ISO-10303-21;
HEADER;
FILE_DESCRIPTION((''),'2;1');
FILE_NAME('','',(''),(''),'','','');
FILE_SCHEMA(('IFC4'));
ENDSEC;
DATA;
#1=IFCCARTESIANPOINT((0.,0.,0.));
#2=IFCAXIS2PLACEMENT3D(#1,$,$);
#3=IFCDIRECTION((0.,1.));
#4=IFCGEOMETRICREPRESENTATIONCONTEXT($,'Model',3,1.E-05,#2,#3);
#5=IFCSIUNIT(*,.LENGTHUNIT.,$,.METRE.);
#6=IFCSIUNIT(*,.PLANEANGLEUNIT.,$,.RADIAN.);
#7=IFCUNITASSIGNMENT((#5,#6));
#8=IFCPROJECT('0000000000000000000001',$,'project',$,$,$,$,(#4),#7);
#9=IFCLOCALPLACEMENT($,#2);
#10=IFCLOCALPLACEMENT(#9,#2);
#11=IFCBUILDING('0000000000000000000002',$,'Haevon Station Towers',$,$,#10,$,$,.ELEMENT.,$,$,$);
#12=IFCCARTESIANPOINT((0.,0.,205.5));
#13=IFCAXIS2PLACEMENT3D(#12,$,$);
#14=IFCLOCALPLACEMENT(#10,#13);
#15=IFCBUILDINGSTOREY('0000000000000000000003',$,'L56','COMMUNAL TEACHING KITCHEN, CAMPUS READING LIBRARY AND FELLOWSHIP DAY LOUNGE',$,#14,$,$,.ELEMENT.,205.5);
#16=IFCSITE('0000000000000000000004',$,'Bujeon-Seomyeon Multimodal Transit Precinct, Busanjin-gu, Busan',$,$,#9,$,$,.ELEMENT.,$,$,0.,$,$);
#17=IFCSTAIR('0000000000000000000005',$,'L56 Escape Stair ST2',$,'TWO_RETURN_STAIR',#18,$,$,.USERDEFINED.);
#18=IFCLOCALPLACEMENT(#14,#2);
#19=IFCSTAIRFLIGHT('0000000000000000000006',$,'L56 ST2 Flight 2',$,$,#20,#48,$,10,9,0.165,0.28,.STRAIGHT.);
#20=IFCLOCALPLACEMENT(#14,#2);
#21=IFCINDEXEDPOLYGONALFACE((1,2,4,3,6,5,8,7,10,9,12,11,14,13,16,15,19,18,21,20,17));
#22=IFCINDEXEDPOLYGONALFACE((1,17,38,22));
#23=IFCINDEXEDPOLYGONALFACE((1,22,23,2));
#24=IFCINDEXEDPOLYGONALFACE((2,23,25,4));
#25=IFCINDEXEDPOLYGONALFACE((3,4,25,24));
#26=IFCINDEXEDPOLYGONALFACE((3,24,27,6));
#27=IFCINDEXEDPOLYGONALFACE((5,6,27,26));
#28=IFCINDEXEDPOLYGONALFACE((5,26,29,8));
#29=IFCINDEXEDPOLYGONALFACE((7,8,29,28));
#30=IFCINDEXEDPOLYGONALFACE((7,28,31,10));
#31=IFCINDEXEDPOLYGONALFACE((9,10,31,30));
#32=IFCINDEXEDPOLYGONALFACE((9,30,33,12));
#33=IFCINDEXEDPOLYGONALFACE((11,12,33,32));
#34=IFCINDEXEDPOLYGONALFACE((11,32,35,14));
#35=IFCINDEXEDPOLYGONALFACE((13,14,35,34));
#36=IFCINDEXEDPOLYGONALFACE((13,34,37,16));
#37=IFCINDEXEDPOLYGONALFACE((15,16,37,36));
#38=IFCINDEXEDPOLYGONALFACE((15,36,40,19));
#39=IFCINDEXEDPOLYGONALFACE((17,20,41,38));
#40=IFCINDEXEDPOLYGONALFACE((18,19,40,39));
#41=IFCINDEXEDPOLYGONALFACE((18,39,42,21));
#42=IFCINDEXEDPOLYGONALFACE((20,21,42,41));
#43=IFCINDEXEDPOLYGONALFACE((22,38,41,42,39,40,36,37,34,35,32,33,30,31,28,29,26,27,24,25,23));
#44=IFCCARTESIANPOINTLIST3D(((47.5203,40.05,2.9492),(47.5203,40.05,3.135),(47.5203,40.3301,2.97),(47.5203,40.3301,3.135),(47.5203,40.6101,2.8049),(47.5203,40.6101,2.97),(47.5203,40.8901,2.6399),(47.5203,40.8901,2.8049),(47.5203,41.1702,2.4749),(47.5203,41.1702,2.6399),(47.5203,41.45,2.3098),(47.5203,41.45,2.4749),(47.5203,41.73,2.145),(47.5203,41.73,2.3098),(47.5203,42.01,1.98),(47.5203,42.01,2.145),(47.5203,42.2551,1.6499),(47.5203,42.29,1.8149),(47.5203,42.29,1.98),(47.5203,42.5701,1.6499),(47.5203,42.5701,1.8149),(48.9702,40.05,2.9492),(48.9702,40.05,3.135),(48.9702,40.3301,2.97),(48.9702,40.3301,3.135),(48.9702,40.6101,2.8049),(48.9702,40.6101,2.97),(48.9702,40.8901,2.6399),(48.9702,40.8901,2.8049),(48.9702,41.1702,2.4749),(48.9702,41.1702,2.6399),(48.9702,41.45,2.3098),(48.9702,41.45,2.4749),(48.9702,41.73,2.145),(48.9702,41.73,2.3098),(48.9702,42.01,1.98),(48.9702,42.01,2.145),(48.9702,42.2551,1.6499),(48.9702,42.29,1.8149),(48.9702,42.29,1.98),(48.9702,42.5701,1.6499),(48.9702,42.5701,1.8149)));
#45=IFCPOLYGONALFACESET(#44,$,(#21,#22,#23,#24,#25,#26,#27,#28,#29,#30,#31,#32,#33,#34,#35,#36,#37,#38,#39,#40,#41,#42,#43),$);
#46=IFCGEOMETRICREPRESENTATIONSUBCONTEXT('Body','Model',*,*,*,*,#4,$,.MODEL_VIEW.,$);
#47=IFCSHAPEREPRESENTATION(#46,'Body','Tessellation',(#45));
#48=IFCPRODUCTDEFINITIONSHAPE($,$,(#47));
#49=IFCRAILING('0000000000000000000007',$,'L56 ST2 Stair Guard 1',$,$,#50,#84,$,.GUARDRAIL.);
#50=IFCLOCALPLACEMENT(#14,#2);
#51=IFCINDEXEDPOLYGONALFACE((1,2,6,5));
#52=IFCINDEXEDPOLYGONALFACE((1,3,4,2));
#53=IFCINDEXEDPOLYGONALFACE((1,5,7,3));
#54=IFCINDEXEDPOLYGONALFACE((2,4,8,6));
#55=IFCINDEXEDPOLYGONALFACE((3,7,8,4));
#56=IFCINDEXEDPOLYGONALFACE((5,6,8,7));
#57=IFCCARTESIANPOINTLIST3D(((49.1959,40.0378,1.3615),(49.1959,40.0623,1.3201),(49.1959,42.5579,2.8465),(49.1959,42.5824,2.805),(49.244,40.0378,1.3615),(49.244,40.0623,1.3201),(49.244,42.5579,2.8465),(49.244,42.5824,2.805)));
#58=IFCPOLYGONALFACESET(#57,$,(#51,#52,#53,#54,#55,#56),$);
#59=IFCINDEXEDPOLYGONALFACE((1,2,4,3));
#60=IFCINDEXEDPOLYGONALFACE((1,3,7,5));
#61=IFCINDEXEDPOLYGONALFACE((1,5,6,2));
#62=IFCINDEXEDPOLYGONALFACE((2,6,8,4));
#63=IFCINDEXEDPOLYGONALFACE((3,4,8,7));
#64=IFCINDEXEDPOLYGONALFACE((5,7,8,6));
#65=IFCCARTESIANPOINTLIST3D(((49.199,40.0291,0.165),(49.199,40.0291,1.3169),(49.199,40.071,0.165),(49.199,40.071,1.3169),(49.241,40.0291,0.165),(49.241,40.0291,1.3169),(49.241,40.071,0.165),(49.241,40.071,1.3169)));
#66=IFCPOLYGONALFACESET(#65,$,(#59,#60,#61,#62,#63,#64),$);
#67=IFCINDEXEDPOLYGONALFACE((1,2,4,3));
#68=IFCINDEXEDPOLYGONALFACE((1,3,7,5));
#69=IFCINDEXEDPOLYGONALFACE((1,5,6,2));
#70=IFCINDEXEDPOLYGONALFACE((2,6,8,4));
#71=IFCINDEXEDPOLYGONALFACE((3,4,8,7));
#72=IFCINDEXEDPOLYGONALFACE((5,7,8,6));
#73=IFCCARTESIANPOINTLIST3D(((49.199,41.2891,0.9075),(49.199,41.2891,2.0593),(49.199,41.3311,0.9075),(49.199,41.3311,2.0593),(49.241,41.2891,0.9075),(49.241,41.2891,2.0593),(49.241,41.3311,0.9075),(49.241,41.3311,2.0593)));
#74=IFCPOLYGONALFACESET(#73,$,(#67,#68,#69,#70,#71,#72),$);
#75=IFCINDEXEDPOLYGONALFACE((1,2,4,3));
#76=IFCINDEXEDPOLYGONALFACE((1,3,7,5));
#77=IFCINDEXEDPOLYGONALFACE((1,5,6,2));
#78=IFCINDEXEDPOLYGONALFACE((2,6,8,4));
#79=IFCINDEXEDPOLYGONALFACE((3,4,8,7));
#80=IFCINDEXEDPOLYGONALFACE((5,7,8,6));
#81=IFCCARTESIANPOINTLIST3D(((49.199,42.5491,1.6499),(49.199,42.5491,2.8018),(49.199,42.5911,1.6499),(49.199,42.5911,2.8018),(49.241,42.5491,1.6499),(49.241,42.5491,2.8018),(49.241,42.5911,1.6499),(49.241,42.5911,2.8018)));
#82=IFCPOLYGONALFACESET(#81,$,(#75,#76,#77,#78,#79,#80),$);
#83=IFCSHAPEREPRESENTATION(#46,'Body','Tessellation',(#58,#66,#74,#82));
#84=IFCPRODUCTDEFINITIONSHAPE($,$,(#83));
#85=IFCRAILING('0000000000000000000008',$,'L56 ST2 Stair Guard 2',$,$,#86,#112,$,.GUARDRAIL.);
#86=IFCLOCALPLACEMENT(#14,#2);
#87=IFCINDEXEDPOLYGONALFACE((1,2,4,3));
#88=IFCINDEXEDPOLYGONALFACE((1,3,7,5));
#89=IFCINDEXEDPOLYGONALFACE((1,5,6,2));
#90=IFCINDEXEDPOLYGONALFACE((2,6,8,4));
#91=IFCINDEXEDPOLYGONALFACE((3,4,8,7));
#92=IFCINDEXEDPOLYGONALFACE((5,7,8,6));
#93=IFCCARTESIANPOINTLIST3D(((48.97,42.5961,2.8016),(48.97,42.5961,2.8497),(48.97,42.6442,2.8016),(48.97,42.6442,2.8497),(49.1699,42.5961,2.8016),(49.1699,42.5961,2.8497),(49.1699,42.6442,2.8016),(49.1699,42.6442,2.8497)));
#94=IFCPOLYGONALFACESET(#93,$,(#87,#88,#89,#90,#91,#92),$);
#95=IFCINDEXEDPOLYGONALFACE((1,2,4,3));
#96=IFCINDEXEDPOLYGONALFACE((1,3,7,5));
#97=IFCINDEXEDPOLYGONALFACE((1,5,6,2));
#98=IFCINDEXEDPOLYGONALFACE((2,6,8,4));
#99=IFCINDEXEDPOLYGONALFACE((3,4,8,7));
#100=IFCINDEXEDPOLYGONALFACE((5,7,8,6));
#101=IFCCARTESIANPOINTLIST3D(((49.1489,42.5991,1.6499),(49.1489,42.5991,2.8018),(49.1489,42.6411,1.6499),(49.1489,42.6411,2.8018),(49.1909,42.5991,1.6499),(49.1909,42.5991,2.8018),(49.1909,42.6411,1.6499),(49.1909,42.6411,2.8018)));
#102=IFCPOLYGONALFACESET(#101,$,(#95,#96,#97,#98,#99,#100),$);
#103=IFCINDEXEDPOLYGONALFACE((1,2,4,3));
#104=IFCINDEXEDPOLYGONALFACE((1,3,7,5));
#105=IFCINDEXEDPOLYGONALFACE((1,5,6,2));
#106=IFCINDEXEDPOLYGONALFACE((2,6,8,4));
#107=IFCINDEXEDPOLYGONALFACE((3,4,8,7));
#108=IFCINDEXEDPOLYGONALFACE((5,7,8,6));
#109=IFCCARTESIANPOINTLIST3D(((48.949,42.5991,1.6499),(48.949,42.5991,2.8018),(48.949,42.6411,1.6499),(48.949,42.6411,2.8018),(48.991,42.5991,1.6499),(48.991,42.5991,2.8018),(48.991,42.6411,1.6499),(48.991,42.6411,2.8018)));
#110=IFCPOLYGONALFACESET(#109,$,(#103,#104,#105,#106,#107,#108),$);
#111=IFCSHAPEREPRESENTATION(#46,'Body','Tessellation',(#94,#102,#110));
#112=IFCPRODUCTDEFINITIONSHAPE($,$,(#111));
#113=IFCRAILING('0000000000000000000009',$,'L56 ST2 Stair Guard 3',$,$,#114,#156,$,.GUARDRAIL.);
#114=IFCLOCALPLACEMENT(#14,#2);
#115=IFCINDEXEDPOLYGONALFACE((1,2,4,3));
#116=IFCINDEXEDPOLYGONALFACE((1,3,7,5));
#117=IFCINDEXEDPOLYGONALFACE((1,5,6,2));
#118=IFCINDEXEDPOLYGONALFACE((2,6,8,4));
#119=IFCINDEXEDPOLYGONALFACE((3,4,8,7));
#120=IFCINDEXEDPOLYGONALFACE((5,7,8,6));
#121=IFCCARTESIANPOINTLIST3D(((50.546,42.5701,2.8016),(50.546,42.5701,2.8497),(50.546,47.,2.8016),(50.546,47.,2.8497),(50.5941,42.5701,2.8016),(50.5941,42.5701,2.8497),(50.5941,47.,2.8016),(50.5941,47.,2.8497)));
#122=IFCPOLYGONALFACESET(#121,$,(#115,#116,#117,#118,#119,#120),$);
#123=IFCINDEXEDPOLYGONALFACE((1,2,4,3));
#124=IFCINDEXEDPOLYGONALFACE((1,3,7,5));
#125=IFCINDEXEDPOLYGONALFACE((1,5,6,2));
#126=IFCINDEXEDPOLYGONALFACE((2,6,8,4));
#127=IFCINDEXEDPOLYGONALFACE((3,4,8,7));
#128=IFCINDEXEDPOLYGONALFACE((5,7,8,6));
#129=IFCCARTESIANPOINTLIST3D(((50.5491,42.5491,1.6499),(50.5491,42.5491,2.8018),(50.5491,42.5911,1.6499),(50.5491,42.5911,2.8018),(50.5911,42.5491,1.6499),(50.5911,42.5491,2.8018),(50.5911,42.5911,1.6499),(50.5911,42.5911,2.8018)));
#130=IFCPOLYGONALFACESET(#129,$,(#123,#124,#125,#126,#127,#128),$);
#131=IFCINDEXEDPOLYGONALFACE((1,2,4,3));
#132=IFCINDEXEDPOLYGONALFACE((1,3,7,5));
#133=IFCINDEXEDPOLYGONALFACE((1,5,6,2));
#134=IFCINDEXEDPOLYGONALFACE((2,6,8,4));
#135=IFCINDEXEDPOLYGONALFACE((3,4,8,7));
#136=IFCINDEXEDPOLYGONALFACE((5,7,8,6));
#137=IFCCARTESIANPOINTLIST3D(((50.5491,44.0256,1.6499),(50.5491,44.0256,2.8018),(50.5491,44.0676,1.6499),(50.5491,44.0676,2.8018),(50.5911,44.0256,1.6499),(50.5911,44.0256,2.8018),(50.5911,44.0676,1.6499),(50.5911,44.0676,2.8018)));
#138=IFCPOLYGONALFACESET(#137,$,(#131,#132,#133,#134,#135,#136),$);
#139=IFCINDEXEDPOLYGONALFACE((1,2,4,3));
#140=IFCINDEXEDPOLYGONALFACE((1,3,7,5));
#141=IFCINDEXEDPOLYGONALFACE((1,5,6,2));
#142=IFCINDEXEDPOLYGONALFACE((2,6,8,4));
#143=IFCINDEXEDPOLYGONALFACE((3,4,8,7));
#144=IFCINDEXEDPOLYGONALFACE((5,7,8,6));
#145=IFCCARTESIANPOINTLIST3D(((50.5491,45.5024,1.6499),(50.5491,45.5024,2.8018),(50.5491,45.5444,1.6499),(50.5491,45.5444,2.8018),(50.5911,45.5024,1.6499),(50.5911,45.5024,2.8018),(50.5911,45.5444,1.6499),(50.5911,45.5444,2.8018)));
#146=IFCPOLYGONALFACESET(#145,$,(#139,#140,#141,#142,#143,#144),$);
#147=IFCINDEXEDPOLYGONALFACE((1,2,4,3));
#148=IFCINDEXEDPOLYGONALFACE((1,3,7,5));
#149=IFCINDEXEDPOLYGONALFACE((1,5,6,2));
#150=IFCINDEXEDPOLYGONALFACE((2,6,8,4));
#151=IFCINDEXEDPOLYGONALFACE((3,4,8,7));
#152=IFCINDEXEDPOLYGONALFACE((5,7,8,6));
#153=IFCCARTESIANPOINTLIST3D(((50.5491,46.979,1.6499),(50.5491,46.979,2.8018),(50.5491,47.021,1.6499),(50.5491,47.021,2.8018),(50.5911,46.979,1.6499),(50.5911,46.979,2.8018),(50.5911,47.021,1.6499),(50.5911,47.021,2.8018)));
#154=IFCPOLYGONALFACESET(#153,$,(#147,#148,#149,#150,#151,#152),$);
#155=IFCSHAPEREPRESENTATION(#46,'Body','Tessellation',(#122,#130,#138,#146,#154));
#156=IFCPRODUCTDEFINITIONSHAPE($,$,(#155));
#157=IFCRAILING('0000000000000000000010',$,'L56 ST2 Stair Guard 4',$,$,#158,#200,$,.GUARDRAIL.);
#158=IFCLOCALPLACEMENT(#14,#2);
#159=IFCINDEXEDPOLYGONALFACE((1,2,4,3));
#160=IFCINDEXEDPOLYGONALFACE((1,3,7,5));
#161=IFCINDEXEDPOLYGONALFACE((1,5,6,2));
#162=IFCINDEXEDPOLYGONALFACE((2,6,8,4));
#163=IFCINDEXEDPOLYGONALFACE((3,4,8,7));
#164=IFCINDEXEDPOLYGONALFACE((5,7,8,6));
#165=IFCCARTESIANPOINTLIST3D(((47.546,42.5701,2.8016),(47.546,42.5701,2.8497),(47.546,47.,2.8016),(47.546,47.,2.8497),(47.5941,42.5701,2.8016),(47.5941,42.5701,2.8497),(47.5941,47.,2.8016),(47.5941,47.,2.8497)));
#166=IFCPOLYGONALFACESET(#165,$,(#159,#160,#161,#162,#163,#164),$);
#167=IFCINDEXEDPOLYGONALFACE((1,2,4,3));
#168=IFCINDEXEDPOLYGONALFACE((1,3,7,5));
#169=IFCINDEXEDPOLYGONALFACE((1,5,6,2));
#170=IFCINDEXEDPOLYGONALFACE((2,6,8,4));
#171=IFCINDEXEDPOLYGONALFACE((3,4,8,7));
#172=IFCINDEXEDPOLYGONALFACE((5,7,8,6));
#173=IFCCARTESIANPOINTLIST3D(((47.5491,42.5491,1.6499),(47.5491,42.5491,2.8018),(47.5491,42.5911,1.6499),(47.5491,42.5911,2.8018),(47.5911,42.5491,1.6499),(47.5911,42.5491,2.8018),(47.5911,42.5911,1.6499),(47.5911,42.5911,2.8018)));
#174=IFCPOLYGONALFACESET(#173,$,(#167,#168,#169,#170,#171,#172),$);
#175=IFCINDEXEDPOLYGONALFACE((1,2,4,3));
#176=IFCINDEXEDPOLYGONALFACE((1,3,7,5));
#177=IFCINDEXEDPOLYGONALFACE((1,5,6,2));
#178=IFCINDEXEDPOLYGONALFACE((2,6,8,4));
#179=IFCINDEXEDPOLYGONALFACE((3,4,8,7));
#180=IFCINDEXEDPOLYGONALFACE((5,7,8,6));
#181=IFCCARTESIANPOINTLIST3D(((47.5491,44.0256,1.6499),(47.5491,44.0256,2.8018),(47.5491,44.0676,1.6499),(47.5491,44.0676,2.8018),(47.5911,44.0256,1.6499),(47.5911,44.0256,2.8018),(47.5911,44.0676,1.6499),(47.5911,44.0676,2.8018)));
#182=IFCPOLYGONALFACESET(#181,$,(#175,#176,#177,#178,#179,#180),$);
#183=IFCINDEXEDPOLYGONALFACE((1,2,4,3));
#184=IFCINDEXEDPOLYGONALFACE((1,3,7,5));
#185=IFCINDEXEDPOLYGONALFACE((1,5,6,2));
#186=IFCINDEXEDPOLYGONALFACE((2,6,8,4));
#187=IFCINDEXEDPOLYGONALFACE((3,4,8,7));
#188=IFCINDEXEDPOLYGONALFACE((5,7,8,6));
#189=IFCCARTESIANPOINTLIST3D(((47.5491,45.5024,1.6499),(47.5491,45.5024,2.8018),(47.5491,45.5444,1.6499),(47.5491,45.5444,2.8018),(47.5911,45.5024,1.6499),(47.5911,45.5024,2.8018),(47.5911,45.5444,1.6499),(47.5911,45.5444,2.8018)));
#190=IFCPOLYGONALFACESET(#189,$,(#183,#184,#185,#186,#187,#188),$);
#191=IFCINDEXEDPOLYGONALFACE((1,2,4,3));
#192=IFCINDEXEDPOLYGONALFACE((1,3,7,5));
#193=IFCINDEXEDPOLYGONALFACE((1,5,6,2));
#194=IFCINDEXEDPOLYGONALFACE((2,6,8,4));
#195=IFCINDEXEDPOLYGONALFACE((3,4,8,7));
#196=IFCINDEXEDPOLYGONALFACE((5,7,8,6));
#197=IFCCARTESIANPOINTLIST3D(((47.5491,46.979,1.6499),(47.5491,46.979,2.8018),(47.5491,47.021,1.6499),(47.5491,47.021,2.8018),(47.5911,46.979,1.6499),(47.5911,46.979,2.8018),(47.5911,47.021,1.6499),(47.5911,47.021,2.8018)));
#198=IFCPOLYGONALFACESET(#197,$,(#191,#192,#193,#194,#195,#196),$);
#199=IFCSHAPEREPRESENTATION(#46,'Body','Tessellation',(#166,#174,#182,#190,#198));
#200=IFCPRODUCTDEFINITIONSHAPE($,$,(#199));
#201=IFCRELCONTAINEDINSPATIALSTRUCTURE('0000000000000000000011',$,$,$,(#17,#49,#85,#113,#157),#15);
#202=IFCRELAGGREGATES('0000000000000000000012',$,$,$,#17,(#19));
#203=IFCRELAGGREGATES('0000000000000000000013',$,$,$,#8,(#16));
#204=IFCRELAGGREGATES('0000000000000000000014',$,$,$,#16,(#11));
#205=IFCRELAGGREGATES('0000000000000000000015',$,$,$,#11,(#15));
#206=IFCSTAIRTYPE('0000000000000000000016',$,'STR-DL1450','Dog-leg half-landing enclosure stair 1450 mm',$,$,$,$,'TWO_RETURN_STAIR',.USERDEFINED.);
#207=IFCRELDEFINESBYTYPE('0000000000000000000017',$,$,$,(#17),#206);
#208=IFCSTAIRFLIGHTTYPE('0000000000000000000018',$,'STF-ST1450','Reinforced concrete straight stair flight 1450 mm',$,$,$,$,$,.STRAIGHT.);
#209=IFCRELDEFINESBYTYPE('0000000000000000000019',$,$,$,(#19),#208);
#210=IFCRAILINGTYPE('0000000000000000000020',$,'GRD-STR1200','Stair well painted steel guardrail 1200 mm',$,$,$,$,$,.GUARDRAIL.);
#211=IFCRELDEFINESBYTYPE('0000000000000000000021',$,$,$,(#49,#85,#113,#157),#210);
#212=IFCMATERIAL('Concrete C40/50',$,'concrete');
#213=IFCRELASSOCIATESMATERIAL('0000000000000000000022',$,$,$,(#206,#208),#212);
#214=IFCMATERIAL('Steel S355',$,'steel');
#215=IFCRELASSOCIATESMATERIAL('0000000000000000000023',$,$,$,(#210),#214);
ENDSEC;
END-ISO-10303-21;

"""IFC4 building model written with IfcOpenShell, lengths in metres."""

from ifc_helpers import new_model, si_unit, direction, frame, origin, origin_2d, place, context, subcontext, project, spatial, polyline, rectangle, outline, extrude, material, type_object, element, aggregate, save


model = new_model("IFC4")

# Units and contexts
model_context = context("Model", 3, precision=1e-05, world=origin(), true_north=direction((0.0, 1.0)))
body_context = subcontext(model_context, "Body", "Model", "MODEL_VIEW")
ifc_project = project(units=[si_unit("LENGTHUNIT", "METRE"), si_unit("PLANEANGLEUNIT", "RADIAN")], contexts=[model_context])

# Site, building, storey
site_placement = place(None, origin())
site = spatial("IfcSite", under=ifc_project, at=site_placement, Name="Bujeon-Seomyeon Multimodal Transit Precinct, Busanjin-gu, Busan", CompositionType="ELEMENT", RefElevation=0.0)
building_placement = place(site_placement, origin())
building = spatial("IfcBuilding", under=site, at=building_placement, Name="Haevon Station Towers", CompositionType="ELEMENT")
storey_placement = place(building_placement, frame((0.0, 0.0, 205.5)))
storey = spatial("IfcBuildingStorey", under=building, at=storey_placement, Name="L56", Description="COMMUNAL TEACHING KITCHEN, CAMPUS READING LIBRARY AND FELLOWSHIP DAY LOUNGE", CompositionType="ELEMENT", Elevation=205.5)

# Shared definitions
ifc_material_1 = material(Name="Steel S355", Category="steel")

# Shared definitions
ifc_material_2 = material(Name="Concrete C40/50", Category="concrete")

# Stair, stair flight
stair_type = type_object("IfcStairType", Name="STR-DL1450", Description="Dog-leg half-landing enclosure stair 1450 mm", ElementType="TWO_RETURN_STAIR", PredefinedType="USERDEFINED", material=ifc_material_2)
stair_placement = place(storey_placement, origin())
stair = element("IfcStair", 1, at=stair_placement, inside=storey, type_object=stair_type, Name="L56 Escape Stair ST2", ObjectType="TWO_RETURN_STAIR", PredefinedType="USERDEFINED")
stair_flight_type = type_object("IfcStairFlightType", Name="STF-ST1450", Description="Reinforced concrete straight stair flight 1450 mm", PredefinedType="STRAIGHT", material=ifc_material_2)
stair_flight_1_placement = place(storey_placement, frame((48.2451, 42.5701, 1.6499), z_axis=(0.0, 0.0, 1.0), x_axis=(0.0, -1.0, 0.0)))
stair_flight_1 = element("IfcStairFlight", 2, at=stair_flight_1_placement, type_object=stair_flight_type, Name="L56 ST2 Flight 2", NumberOfRisers=10, NumberOfTreads=9, PredefinedType="STRAIGHT", RiserHeight=0.165, TreadLength=0.28, context=body_context, shape_type="SweptSolid", body=[
    extrude(outline(polyline([(0.0, 0.0), (0.0, 0.165), (0.28, 0.165), (0.28, 0.3301), (0.5601, 0.3301), (0.5601, 0.4951), (0.8401, 0.4951), (0.8401, 0.6599), (1.1201, 0.6599), (1.1201, 0.825), (1.3999, 0.825), (1.3999, 0.99), (1.6799, 0.99), (1.6799, 1.155), (1.96, 1.155), (1.96, 1.3201), (2.24, 1.3201), (2.24, 1.4851), (2.52, 1.4851), (2.52, 1.6499), (2.52, 1.2993), (0.3149, 0.0), (0.0, 0.0)])), frame((0.0, 0.7251, 0.0), z_axis=(0.0, -1.0, 0.0), x_axis=(1.0, 0.0, 0.0)), (0.0, 0.0, 1.0), 1.45),
])
aggregate(stair, [stair_flight_1])

# Railings
railing_type_1 = type_object("IfcRailingType", Name="GRD-STR1200", Description="Stair well painted steel guardrail 1200 mm", PredefinedType="GUARDRAIL", material=ifc_material_1)
railing_1_placement = place(storey_placement, frame((49.22, 40.05, 0.165)))
element("IfcRailing", 3, at=railing_1_placement, inside=storey, type_object=railing_type_1, Name="L56 ST2 Stair Guard 1", PredefinedType="GUARDRAIL", context=body_context, shape_type="SweptSolid", body=[
    extrude(rectangle(XDim=0.0481, YDim=0.0481, at=origin_2d()), frame((0.0, 0.0, 1.1758), z_axis=(0.0, 0.861561, 0.507655), x_axis=(-1.0, 0.0, 0.0)), (0.0, 0.0, 1.0), 2.925),
    extrude(rectangle(XDim=0.042, YDim=0.042, at=origin_2d()), origin(), (0.0, 0.0, 1.0), 1.1519),
    extrude(rectangle(XDim=0.042, YDim=0.042, at=origin_2d()), frame((0.0, 1.26, 0.7424)), (0.0, 0.0, 1.0), 1.1519),
    extrude(rectangle(XDim=0.042, YDim=0.042, at=origin_2d()), frame((0.0, 2.52, 1.4849)), (0.0, 0.0, 1.0), 1.1519),
])
railing_2_placement = place(storey_placement, frame((49.1699, 42.6201, 1.6499)))
element("IfcRailing", 4, at=railing_2_placement, inside=storey, type_object=railing_type_1, Name="L56 ST2 Stair Guard 2", PredefinedType="GUARDRAIL", context=body_context, shape_type="SweptSolid", body=[
    extrude(rectangle(XDim=0.0481, YDim=0.0481, at=origin_2d()), frame((0.0, 0.0, 1.1758), z_axis=(-1.0, 0.0, 0.0), x_axis=(0.0, -1.0, 0.0)), (0.0, 0.0, 1.0), 0.2),
    extrude(rectangle(XDim=0.042, YDim=0.042, at=origin_2d()), origin(), (0.0, 0.0, 1.0), 1.1519),
    extrude(rectangle(XDim=0.042, YDim=0.042, at=origin_2d()), frame((-0.2, 0.0, 0.0)), (0.0, 0.0, 1.0), 1.1519),
])
for number, where, name in (
    (5, (50.5701, 42.5701, 1.6499), "L56 ST2 Stair Guard 3"),
    (6, (47.5701, 42.5701, 1.6499), "L56 ST2 Stair Guard 4"),
):
    element("IfcRailing", number, at=place(storey_placement, frame(where)), inside=storey, type_object=railing_type_1, Name=name, PredefinedType="GUARDRAIL", context=body_context, shape_type="SweptSolid", body=[
        extrude(rectangle(XDim=0.0481, YDim=0.0481, at=origin_2d()), frame((0.0, 0.0, 1.1758), z_axis=(0.0, 1.0, 0.0), x_axis=(-1.0, 0.0, 0.0)), (0.0, 0.0, 1.0), 4.4299),
        extrude(rectangle(XDim=0.042, YDim=0.042, at=origin_2d()), origin(), (0.0, 0.0, 1.0), 1.1519),
        extrude(rectangle(XDim=0.042, YDim=0.042, at=origin_2d()), frame((0.0, 1.4766, 0.0)), (0.0, 0.0, 1.0), 1.1519),
        extrude(rectangle(XDim=0.042, YDim=0.042, at=origin_2d()), frame((0.0, 2.9534, 0.0)), (0.0, 0.0, 1.0), 1.1519),
        extrude(rectangle(XDim=0.042, YDim=0.042, at=origin_2d()), frame((0.0, 4.4299, 0.0)), (0.0, 0.0, 1.0), 1.1519),
    ])

save(model, "model.ifc")
